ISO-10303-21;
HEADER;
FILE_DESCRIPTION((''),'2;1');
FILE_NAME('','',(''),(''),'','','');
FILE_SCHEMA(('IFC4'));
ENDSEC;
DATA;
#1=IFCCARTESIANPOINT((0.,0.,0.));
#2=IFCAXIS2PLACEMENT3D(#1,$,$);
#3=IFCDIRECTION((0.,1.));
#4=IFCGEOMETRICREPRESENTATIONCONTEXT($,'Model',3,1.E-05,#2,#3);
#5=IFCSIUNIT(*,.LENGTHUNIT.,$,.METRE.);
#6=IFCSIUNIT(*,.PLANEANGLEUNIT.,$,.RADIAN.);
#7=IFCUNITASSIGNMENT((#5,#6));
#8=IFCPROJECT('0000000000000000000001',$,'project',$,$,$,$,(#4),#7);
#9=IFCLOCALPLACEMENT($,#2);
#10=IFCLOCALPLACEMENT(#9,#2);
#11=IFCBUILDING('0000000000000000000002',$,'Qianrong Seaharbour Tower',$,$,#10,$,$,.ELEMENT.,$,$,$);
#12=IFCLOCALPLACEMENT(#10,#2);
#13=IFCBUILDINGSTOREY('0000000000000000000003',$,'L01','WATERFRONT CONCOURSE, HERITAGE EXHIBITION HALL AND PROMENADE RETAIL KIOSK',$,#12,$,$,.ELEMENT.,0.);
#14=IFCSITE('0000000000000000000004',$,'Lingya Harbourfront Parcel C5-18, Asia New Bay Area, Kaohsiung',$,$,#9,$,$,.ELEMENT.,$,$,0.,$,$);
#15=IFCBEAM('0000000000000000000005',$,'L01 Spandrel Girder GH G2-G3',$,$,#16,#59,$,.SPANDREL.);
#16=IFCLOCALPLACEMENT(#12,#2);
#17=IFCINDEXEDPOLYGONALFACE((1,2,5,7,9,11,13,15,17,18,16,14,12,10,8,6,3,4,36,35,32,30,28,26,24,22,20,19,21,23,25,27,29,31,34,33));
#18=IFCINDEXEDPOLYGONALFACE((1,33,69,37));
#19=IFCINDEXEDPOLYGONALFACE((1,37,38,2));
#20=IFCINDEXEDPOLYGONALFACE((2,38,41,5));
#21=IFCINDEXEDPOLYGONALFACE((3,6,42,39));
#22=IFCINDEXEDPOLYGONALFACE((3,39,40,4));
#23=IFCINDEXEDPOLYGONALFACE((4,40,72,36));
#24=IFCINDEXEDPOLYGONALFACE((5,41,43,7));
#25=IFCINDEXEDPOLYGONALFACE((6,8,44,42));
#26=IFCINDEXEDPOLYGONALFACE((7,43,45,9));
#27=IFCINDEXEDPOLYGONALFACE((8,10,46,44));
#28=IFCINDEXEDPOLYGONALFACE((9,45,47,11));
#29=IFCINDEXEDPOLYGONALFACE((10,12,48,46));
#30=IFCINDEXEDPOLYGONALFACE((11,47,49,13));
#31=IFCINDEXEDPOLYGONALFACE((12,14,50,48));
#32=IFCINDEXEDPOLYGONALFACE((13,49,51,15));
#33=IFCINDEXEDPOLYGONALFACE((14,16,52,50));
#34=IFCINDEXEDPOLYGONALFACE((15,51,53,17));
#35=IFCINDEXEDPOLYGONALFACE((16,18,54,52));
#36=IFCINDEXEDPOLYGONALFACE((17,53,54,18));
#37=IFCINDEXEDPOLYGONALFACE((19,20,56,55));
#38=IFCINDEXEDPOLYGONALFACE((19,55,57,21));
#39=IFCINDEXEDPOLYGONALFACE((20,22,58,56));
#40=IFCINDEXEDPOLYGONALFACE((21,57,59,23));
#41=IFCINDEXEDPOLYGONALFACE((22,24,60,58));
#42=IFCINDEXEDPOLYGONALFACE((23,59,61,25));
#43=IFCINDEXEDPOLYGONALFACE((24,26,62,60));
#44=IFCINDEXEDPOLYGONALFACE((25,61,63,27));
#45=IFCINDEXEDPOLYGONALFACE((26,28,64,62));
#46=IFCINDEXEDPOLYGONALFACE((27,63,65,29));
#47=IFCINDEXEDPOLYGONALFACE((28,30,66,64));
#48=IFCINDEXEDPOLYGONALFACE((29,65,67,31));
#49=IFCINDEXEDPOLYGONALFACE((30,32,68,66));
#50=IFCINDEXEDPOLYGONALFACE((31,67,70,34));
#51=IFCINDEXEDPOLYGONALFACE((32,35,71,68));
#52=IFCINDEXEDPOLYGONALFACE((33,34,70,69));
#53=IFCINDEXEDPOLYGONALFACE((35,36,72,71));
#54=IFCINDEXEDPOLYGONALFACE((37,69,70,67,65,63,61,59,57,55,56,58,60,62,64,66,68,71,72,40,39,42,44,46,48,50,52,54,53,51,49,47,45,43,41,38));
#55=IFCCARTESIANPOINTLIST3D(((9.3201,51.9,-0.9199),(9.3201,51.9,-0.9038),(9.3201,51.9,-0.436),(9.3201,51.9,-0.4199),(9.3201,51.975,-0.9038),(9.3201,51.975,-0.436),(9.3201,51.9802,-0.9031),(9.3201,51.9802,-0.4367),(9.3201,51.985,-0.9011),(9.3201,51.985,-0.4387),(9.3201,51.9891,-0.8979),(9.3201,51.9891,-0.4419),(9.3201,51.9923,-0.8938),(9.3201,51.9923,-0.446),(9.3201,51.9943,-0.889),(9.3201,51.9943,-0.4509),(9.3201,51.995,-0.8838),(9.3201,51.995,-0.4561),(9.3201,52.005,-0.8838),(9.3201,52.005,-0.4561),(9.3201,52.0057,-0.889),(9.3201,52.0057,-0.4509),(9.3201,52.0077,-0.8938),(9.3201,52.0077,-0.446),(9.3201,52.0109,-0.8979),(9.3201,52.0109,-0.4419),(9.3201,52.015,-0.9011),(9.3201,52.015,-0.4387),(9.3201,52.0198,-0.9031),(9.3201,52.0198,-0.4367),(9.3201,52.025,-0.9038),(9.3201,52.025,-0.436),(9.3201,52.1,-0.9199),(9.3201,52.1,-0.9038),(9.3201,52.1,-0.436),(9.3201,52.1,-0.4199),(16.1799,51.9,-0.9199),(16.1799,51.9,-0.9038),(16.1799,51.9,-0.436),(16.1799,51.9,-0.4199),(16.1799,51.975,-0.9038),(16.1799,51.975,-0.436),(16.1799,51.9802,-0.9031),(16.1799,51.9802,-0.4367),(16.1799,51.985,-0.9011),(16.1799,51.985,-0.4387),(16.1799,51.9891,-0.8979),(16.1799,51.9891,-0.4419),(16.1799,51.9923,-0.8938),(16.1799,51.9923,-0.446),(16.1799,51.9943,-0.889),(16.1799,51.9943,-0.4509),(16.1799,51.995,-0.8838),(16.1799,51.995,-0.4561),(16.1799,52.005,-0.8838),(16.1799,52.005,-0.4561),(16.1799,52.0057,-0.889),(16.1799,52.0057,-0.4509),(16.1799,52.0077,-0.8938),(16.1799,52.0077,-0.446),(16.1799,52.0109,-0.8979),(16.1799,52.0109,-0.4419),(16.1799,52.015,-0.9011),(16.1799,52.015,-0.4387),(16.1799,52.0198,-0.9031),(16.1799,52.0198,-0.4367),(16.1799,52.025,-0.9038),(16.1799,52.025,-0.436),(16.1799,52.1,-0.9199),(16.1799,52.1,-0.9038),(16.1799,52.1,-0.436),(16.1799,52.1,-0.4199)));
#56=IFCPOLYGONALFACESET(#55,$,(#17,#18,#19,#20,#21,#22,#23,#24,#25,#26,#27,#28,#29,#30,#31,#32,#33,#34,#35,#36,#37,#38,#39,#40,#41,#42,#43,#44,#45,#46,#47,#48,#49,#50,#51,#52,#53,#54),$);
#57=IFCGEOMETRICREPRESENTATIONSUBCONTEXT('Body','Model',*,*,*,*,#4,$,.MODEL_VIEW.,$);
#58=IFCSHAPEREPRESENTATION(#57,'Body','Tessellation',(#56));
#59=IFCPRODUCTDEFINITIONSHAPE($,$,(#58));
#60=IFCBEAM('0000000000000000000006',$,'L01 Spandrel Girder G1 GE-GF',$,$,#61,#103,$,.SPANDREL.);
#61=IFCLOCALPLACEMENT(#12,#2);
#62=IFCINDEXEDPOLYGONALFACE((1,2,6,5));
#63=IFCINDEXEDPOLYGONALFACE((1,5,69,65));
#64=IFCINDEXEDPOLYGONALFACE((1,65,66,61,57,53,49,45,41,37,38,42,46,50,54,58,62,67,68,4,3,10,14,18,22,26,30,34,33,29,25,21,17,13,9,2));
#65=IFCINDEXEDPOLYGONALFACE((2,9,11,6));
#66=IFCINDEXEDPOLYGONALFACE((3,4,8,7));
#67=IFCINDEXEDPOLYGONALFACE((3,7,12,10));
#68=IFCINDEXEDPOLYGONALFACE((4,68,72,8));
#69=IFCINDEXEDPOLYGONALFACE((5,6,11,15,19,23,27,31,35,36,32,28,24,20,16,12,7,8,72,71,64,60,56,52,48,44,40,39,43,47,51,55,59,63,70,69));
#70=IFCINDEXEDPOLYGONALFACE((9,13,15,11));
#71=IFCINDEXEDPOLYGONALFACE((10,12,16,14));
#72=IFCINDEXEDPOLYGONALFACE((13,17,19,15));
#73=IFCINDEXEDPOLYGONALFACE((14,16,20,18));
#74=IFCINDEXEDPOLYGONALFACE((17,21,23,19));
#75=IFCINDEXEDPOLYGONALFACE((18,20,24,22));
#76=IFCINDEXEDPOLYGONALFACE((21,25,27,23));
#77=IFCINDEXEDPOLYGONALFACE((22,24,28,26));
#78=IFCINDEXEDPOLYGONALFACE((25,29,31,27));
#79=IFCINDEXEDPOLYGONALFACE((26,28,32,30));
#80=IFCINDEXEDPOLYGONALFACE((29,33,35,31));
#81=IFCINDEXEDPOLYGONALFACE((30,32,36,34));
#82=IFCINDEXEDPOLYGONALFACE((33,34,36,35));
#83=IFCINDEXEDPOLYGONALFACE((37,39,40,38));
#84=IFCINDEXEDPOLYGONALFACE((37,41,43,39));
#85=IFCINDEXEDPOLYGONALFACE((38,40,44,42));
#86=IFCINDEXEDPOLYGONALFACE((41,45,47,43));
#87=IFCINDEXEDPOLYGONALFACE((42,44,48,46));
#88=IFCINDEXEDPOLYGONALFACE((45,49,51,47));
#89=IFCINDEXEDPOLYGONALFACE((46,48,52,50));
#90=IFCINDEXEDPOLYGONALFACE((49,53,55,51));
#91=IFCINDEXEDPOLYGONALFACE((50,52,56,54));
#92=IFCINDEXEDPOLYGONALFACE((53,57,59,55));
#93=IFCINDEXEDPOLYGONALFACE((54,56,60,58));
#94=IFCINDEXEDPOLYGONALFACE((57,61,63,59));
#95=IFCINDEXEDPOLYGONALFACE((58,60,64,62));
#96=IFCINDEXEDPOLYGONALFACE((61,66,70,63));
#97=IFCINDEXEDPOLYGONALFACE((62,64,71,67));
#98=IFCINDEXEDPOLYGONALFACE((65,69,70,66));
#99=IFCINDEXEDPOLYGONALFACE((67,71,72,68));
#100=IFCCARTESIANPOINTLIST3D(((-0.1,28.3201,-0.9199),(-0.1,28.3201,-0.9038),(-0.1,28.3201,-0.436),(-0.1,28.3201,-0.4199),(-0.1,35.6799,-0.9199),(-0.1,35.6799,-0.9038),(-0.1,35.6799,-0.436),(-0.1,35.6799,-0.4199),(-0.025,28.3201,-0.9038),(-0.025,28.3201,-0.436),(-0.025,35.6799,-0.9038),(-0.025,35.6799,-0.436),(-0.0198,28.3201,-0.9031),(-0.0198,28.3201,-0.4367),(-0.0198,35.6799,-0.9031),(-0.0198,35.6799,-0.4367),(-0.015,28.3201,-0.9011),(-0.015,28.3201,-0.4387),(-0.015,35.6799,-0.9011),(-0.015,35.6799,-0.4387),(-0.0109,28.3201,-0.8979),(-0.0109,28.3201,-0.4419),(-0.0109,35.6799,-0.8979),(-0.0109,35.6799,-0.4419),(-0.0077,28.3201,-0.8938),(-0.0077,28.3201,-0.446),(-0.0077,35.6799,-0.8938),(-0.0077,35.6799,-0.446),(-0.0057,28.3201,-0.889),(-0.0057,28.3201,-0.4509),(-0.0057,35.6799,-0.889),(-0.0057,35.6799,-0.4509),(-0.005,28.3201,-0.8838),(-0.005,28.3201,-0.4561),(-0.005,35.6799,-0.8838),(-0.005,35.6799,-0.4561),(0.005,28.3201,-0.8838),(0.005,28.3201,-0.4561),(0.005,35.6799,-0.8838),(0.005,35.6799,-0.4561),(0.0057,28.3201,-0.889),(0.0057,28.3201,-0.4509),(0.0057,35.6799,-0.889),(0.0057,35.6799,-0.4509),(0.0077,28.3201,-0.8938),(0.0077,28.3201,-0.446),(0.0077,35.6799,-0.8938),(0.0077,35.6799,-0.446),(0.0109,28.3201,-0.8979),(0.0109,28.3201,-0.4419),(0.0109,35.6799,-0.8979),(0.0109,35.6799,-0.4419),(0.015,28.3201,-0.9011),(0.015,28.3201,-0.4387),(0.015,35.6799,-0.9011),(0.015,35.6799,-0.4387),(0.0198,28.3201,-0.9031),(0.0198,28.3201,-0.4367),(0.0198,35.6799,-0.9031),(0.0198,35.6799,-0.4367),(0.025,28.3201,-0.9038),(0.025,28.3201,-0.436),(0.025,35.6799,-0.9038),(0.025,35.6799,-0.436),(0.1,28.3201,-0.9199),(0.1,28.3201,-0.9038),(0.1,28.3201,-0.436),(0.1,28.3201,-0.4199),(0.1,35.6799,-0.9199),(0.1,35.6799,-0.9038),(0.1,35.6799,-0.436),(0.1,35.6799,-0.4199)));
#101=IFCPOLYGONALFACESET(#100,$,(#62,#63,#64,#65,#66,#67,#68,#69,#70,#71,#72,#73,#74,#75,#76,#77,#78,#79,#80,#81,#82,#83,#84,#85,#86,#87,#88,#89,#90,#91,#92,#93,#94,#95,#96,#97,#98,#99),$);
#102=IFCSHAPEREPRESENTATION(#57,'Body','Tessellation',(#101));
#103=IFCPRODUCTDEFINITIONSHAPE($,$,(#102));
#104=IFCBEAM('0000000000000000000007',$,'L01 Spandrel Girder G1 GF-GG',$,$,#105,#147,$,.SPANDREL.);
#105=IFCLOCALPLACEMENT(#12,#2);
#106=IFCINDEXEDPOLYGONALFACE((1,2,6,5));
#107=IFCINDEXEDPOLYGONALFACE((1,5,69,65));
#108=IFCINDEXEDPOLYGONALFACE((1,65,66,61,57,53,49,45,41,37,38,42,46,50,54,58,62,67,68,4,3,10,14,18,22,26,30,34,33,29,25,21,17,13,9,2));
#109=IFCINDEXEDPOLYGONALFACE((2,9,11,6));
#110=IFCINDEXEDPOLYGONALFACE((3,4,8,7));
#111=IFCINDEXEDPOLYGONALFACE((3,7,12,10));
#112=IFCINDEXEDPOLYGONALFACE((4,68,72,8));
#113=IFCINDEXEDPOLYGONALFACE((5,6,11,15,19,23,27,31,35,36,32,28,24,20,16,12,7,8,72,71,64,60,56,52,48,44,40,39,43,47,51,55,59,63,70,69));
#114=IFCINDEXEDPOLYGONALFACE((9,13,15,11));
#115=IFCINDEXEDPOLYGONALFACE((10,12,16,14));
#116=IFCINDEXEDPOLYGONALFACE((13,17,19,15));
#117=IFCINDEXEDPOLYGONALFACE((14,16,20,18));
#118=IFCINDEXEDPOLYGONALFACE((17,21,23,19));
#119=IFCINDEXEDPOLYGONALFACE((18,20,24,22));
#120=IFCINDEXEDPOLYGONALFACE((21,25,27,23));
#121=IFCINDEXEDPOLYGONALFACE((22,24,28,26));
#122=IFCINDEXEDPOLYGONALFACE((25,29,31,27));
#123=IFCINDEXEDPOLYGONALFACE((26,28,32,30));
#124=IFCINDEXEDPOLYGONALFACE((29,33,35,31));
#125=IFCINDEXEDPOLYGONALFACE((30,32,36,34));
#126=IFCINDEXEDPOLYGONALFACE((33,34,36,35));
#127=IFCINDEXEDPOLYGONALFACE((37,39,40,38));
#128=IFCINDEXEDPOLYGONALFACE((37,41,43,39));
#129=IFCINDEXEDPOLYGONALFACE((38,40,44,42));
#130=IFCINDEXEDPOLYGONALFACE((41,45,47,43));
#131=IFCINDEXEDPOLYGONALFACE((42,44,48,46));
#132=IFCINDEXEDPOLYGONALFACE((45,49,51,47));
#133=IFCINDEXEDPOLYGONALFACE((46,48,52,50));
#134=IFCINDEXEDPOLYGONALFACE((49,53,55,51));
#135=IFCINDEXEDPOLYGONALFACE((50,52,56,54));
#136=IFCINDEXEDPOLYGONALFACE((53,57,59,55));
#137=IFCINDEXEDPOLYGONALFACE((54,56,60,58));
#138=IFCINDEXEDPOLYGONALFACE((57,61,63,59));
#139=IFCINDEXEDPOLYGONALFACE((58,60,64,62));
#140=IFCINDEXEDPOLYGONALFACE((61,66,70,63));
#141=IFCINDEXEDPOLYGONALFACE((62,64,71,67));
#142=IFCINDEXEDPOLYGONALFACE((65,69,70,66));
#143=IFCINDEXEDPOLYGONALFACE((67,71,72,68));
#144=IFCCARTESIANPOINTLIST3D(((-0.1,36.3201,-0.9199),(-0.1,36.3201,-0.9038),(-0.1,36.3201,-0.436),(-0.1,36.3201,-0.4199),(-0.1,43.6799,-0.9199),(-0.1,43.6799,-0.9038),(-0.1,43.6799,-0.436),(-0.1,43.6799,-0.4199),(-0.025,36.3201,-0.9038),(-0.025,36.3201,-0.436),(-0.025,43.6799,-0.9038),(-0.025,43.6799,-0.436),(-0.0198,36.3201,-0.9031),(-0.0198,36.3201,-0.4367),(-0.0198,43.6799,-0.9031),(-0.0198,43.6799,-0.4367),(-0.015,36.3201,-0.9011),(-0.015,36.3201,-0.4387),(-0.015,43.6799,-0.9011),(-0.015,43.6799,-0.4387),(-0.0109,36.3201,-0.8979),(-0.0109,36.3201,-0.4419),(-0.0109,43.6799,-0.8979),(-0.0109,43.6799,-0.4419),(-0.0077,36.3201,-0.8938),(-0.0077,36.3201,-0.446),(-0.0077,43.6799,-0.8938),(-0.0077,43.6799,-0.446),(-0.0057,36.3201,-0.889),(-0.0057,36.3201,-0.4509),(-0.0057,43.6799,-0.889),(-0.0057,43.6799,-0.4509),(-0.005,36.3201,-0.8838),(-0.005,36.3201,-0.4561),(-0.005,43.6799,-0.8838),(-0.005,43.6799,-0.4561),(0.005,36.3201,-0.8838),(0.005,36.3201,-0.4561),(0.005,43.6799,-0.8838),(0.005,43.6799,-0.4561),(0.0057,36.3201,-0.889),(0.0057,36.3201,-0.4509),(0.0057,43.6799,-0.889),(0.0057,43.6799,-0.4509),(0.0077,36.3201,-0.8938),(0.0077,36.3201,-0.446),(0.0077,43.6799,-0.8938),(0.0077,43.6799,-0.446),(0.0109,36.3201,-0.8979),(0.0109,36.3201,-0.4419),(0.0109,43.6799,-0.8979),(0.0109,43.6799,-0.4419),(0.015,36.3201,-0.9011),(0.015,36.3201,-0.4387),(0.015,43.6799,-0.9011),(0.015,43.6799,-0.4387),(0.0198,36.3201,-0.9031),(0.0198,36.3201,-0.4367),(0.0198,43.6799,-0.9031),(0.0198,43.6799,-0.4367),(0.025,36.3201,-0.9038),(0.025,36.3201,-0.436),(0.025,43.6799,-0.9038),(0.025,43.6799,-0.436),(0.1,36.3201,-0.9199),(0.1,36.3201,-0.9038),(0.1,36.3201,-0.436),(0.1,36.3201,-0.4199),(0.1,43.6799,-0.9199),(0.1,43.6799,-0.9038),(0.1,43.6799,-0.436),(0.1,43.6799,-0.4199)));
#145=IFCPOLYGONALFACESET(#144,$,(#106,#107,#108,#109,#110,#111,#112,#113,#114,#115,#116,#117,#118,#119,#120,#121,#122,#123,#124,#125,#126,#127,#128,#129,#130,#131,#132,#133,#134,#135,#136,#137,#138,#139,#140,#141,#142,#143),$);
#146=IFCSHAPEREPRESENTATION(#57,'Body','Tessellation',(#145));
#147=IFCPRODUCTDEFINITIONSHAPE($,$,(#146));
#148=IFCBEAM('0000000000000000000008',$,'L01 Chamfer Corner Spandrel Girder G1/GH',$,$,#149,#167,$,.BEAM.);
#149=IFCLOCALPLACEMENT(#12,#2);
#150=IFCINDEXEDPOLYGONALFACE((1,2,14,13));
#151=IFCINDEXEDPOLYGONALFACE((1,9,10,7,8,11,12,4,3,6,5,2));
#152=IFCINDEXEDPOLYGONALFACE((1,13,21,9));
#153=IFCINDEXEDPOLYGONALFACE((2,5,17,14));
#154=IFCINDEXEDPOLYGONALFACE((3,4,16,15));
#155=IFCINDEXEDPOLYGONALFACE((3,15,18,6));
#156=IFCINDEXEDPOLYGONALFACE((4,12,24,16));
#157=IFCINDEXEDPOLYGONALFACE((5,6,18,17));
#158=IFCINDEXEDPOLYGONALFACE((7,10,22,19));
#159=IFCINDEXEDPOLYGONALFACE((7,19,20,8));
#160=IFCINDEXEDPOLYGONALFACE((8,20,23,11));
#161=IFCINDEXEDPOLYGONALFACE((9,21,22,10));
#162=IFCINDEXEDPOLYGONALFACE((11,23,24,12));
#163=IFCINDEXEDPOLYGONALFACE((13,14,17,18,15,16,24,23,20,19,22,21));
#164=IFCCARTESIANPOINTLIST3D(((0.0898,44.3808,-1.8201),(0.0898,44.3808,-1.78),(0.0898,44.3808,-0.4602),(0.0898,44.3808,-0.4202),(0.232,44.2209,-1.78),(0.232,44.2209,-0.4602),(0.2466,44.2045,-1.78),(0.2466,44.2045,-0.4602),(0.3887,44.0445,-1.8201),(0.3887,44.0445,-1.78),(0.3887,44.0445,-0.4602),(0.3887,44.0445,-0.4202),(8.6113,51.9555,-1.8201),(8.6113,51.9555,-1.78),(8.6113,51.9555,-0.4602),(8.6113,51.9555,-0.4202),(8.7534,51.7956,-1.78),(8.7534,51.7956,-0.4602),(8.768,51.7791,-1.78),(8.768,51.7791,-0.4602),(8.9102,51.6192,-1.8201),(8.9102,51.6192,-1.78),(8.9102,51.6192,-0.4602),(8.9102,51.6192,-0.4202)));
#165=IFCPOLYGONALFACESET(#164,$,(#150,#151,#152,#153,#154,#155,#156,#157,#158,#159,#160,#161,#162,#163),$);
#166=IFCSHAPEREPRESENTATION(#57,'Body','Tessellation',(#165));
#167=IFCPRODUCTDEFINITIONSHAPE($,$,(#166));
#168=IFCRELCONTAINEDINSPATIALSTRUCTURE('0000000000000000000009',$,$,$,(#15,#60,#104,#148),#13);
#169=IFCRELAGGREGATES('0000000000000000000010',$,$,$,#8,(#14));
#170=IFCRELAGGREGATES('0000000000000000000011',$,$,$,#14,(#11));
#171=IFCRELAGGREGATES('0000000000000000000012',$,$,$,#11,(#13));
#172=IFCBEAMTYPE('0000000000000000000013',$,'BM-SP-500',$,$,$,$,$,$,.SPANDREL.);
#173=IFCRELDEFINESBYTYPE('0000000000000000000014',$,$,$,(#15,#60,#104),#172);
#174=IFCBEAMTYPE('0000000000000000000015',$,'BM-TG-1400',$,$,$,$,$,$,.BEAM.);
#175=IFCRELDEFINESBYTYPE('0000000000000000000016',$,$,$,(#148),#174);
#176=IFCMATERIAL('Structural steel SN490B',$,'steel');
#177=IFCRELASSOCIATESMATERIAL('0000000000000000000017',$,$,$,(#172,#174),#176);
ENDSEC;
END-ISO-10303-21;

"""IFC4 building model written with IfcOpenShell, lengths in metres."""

from ifc_helpers import new_model, si_unit, direction, frame, origin, origin_2d, place, context, subcontext, project, spatial, i_section, extrude, material, material_profile, profile_set, type_object, element, save


model = new_model("IFC4")

# Units and contexts
model_context = context("Model", 3, precision=1e-05, world=origin(), true_north=direction((0.0, 1.0)))
body_context = subcontext(model_context, "Body", "Model", "MODEL_VIEW")
ifc_project = project(units=[si_unit("LENGTHUNIT", "METRE"), si_unit("PLANEANGLEUNIT", "RADIAN")], contexts=[model_context])

# Site, building, storey
site_placement = place(None, origin())
site = spatial("IfcSite", under=ifc_project, at=site_placement, Name="Lingya Harbourfront Parcel C5-18, Asia New Bay Area, Kaohsiung", CompositionType="ELEMENT", RefElevation=0.0)
building_placement = place(site_placement, origin())
building = spatial("IfcBuilding", under=site, at=building_placement, Name="Qianrong Seaharbour Tower", CompositionType="ELEMENT")
storey_placement = place(building_placement, origin())
storey = spatial("IfcBuildingStorey", under=building, at=storey_placement, Name="L01", Description="WATERFRONT CONCOURSE, HERITAGE EXHIBITION HALL AND PROMENADE RETAIL KIOSK", CompositionType="ELEMENT", Elevation=0.0)

# Shared definitions
ifc_material_1 = material(Name="Structural steel SN490B", Category="steel")

# Beams
ifc_material_profile_1 = material_profile(ifc_material_1, i_section(OverallWidth=0.2, OverallDepth=0.5, WebThickness=0.01, FlangeThickness=0.0161, FilletRadius=0.02, at=origin_2d()), Name="H500x200x10x16")
ifc_profile_set_1 = profile_set([ifc_material_profile_1], Name="Structural steel SN490B")
beam_type_1 = type_object("IfcBeamType", Name="BM-SP-500", PredefinedType="SPANDREL", material=ifc_profile_set_1)
beam_1_placement = place(storey_placement, frame((9.3201, 52.0, -0.6699), z_axis=(1.0, 0.0, 0.0), x_axis=(0.0, 1.0, 0.0)))
element("IfcBeam", 1, at=beam_1_placement, inside=storey, type_object=beam_type_1, Name="L01 Spandrel Girder GH G2-G3", PredefinedType="SPANDREL", context=body_context, shape_type="SweptSolid", body=[
    extrude(i_section(OverallWidth=0.2, OverallDepth=0.5, WebThickness=0.01, FlangeThickness=0.0161, FilletRadius=0.02, at=origin_2d()), origin(), (0.0, 0.0, 1.0), 6.8599),
])
for number, where, z_axis, x_axis, name in (
    (2, (0.0, 28.3201, -0.6699), (0.0, 1.0, 0.0), (-1.0, 0.0, 0.0), "L01 Spandrel Girder G1 GE-GF"),
    (3, (0.0, 36.3201, -0.6699), (0.0, 1.0, 0.0), (-1.0, 0.0, 0.0), "L01 Spandrel Girder G1 GF-GG"),
):
    element("IfcBeam", number, at=place(storey_placement, frame(where, z_axis=z_axis, x_axis=x_axis)), inside=storey, type_object=beam_type_1, Name=name, PredefinedType="SPANDREL", context=body_context, shape_type="SweptSolid", body=[
        extrude(i_section(OverallWidth=0.2, OverallDepth=0.5, WebThickness=0.01, FlangeThickness=0.0161, FilletRadius=0.02, at=origin_2d()), origin(), (0.0, 0.0, 1.0), 7.3599),
    ])
ifc_material_profile_2 = material_profile(ifc_material_1, i_section(OverallWidth=0.45, OverallDepth=1.3999, WebThickness=0.022, FlangeThickness=0.04, at=origin_2d()), Name="BH1400x450x22x40")
ifc_profile_set_2 = profile_set([ifc_material_profile_2], Name="Structural steel SN490B")
beam_type_2 = type_object("IfcBeamType", Name="BM-TG-1400", PredefinedType="BEAM", material=ifc_profile_set_2)
beam_2_placement = place(storey_placement, frame((8.7607, 51.7874, -1.1201), z_axis=(-0.747407, -0.664366, 0.0), x_axis=(0.664366, -0.747407, 0.0)))
element("IfcBeam", 4, at=beam_2_placement, inside=storey, type_object=beam_type_2, Name="L01 Chamfer Corner Spandrel Girder G1/GH", PredefinedType="BEAM", context=body_context, shape_type="SweptSolid", body=[
    extrude(i_section(OverallWidth=0.45, OverallDepth=1.3999, WebThickness=0.022, FlangeThickness=0.04, at=origin_2d()), origin(), (0.0, 0.0, 1.0), 11.4014),
])

save(model, "model.ifc")
